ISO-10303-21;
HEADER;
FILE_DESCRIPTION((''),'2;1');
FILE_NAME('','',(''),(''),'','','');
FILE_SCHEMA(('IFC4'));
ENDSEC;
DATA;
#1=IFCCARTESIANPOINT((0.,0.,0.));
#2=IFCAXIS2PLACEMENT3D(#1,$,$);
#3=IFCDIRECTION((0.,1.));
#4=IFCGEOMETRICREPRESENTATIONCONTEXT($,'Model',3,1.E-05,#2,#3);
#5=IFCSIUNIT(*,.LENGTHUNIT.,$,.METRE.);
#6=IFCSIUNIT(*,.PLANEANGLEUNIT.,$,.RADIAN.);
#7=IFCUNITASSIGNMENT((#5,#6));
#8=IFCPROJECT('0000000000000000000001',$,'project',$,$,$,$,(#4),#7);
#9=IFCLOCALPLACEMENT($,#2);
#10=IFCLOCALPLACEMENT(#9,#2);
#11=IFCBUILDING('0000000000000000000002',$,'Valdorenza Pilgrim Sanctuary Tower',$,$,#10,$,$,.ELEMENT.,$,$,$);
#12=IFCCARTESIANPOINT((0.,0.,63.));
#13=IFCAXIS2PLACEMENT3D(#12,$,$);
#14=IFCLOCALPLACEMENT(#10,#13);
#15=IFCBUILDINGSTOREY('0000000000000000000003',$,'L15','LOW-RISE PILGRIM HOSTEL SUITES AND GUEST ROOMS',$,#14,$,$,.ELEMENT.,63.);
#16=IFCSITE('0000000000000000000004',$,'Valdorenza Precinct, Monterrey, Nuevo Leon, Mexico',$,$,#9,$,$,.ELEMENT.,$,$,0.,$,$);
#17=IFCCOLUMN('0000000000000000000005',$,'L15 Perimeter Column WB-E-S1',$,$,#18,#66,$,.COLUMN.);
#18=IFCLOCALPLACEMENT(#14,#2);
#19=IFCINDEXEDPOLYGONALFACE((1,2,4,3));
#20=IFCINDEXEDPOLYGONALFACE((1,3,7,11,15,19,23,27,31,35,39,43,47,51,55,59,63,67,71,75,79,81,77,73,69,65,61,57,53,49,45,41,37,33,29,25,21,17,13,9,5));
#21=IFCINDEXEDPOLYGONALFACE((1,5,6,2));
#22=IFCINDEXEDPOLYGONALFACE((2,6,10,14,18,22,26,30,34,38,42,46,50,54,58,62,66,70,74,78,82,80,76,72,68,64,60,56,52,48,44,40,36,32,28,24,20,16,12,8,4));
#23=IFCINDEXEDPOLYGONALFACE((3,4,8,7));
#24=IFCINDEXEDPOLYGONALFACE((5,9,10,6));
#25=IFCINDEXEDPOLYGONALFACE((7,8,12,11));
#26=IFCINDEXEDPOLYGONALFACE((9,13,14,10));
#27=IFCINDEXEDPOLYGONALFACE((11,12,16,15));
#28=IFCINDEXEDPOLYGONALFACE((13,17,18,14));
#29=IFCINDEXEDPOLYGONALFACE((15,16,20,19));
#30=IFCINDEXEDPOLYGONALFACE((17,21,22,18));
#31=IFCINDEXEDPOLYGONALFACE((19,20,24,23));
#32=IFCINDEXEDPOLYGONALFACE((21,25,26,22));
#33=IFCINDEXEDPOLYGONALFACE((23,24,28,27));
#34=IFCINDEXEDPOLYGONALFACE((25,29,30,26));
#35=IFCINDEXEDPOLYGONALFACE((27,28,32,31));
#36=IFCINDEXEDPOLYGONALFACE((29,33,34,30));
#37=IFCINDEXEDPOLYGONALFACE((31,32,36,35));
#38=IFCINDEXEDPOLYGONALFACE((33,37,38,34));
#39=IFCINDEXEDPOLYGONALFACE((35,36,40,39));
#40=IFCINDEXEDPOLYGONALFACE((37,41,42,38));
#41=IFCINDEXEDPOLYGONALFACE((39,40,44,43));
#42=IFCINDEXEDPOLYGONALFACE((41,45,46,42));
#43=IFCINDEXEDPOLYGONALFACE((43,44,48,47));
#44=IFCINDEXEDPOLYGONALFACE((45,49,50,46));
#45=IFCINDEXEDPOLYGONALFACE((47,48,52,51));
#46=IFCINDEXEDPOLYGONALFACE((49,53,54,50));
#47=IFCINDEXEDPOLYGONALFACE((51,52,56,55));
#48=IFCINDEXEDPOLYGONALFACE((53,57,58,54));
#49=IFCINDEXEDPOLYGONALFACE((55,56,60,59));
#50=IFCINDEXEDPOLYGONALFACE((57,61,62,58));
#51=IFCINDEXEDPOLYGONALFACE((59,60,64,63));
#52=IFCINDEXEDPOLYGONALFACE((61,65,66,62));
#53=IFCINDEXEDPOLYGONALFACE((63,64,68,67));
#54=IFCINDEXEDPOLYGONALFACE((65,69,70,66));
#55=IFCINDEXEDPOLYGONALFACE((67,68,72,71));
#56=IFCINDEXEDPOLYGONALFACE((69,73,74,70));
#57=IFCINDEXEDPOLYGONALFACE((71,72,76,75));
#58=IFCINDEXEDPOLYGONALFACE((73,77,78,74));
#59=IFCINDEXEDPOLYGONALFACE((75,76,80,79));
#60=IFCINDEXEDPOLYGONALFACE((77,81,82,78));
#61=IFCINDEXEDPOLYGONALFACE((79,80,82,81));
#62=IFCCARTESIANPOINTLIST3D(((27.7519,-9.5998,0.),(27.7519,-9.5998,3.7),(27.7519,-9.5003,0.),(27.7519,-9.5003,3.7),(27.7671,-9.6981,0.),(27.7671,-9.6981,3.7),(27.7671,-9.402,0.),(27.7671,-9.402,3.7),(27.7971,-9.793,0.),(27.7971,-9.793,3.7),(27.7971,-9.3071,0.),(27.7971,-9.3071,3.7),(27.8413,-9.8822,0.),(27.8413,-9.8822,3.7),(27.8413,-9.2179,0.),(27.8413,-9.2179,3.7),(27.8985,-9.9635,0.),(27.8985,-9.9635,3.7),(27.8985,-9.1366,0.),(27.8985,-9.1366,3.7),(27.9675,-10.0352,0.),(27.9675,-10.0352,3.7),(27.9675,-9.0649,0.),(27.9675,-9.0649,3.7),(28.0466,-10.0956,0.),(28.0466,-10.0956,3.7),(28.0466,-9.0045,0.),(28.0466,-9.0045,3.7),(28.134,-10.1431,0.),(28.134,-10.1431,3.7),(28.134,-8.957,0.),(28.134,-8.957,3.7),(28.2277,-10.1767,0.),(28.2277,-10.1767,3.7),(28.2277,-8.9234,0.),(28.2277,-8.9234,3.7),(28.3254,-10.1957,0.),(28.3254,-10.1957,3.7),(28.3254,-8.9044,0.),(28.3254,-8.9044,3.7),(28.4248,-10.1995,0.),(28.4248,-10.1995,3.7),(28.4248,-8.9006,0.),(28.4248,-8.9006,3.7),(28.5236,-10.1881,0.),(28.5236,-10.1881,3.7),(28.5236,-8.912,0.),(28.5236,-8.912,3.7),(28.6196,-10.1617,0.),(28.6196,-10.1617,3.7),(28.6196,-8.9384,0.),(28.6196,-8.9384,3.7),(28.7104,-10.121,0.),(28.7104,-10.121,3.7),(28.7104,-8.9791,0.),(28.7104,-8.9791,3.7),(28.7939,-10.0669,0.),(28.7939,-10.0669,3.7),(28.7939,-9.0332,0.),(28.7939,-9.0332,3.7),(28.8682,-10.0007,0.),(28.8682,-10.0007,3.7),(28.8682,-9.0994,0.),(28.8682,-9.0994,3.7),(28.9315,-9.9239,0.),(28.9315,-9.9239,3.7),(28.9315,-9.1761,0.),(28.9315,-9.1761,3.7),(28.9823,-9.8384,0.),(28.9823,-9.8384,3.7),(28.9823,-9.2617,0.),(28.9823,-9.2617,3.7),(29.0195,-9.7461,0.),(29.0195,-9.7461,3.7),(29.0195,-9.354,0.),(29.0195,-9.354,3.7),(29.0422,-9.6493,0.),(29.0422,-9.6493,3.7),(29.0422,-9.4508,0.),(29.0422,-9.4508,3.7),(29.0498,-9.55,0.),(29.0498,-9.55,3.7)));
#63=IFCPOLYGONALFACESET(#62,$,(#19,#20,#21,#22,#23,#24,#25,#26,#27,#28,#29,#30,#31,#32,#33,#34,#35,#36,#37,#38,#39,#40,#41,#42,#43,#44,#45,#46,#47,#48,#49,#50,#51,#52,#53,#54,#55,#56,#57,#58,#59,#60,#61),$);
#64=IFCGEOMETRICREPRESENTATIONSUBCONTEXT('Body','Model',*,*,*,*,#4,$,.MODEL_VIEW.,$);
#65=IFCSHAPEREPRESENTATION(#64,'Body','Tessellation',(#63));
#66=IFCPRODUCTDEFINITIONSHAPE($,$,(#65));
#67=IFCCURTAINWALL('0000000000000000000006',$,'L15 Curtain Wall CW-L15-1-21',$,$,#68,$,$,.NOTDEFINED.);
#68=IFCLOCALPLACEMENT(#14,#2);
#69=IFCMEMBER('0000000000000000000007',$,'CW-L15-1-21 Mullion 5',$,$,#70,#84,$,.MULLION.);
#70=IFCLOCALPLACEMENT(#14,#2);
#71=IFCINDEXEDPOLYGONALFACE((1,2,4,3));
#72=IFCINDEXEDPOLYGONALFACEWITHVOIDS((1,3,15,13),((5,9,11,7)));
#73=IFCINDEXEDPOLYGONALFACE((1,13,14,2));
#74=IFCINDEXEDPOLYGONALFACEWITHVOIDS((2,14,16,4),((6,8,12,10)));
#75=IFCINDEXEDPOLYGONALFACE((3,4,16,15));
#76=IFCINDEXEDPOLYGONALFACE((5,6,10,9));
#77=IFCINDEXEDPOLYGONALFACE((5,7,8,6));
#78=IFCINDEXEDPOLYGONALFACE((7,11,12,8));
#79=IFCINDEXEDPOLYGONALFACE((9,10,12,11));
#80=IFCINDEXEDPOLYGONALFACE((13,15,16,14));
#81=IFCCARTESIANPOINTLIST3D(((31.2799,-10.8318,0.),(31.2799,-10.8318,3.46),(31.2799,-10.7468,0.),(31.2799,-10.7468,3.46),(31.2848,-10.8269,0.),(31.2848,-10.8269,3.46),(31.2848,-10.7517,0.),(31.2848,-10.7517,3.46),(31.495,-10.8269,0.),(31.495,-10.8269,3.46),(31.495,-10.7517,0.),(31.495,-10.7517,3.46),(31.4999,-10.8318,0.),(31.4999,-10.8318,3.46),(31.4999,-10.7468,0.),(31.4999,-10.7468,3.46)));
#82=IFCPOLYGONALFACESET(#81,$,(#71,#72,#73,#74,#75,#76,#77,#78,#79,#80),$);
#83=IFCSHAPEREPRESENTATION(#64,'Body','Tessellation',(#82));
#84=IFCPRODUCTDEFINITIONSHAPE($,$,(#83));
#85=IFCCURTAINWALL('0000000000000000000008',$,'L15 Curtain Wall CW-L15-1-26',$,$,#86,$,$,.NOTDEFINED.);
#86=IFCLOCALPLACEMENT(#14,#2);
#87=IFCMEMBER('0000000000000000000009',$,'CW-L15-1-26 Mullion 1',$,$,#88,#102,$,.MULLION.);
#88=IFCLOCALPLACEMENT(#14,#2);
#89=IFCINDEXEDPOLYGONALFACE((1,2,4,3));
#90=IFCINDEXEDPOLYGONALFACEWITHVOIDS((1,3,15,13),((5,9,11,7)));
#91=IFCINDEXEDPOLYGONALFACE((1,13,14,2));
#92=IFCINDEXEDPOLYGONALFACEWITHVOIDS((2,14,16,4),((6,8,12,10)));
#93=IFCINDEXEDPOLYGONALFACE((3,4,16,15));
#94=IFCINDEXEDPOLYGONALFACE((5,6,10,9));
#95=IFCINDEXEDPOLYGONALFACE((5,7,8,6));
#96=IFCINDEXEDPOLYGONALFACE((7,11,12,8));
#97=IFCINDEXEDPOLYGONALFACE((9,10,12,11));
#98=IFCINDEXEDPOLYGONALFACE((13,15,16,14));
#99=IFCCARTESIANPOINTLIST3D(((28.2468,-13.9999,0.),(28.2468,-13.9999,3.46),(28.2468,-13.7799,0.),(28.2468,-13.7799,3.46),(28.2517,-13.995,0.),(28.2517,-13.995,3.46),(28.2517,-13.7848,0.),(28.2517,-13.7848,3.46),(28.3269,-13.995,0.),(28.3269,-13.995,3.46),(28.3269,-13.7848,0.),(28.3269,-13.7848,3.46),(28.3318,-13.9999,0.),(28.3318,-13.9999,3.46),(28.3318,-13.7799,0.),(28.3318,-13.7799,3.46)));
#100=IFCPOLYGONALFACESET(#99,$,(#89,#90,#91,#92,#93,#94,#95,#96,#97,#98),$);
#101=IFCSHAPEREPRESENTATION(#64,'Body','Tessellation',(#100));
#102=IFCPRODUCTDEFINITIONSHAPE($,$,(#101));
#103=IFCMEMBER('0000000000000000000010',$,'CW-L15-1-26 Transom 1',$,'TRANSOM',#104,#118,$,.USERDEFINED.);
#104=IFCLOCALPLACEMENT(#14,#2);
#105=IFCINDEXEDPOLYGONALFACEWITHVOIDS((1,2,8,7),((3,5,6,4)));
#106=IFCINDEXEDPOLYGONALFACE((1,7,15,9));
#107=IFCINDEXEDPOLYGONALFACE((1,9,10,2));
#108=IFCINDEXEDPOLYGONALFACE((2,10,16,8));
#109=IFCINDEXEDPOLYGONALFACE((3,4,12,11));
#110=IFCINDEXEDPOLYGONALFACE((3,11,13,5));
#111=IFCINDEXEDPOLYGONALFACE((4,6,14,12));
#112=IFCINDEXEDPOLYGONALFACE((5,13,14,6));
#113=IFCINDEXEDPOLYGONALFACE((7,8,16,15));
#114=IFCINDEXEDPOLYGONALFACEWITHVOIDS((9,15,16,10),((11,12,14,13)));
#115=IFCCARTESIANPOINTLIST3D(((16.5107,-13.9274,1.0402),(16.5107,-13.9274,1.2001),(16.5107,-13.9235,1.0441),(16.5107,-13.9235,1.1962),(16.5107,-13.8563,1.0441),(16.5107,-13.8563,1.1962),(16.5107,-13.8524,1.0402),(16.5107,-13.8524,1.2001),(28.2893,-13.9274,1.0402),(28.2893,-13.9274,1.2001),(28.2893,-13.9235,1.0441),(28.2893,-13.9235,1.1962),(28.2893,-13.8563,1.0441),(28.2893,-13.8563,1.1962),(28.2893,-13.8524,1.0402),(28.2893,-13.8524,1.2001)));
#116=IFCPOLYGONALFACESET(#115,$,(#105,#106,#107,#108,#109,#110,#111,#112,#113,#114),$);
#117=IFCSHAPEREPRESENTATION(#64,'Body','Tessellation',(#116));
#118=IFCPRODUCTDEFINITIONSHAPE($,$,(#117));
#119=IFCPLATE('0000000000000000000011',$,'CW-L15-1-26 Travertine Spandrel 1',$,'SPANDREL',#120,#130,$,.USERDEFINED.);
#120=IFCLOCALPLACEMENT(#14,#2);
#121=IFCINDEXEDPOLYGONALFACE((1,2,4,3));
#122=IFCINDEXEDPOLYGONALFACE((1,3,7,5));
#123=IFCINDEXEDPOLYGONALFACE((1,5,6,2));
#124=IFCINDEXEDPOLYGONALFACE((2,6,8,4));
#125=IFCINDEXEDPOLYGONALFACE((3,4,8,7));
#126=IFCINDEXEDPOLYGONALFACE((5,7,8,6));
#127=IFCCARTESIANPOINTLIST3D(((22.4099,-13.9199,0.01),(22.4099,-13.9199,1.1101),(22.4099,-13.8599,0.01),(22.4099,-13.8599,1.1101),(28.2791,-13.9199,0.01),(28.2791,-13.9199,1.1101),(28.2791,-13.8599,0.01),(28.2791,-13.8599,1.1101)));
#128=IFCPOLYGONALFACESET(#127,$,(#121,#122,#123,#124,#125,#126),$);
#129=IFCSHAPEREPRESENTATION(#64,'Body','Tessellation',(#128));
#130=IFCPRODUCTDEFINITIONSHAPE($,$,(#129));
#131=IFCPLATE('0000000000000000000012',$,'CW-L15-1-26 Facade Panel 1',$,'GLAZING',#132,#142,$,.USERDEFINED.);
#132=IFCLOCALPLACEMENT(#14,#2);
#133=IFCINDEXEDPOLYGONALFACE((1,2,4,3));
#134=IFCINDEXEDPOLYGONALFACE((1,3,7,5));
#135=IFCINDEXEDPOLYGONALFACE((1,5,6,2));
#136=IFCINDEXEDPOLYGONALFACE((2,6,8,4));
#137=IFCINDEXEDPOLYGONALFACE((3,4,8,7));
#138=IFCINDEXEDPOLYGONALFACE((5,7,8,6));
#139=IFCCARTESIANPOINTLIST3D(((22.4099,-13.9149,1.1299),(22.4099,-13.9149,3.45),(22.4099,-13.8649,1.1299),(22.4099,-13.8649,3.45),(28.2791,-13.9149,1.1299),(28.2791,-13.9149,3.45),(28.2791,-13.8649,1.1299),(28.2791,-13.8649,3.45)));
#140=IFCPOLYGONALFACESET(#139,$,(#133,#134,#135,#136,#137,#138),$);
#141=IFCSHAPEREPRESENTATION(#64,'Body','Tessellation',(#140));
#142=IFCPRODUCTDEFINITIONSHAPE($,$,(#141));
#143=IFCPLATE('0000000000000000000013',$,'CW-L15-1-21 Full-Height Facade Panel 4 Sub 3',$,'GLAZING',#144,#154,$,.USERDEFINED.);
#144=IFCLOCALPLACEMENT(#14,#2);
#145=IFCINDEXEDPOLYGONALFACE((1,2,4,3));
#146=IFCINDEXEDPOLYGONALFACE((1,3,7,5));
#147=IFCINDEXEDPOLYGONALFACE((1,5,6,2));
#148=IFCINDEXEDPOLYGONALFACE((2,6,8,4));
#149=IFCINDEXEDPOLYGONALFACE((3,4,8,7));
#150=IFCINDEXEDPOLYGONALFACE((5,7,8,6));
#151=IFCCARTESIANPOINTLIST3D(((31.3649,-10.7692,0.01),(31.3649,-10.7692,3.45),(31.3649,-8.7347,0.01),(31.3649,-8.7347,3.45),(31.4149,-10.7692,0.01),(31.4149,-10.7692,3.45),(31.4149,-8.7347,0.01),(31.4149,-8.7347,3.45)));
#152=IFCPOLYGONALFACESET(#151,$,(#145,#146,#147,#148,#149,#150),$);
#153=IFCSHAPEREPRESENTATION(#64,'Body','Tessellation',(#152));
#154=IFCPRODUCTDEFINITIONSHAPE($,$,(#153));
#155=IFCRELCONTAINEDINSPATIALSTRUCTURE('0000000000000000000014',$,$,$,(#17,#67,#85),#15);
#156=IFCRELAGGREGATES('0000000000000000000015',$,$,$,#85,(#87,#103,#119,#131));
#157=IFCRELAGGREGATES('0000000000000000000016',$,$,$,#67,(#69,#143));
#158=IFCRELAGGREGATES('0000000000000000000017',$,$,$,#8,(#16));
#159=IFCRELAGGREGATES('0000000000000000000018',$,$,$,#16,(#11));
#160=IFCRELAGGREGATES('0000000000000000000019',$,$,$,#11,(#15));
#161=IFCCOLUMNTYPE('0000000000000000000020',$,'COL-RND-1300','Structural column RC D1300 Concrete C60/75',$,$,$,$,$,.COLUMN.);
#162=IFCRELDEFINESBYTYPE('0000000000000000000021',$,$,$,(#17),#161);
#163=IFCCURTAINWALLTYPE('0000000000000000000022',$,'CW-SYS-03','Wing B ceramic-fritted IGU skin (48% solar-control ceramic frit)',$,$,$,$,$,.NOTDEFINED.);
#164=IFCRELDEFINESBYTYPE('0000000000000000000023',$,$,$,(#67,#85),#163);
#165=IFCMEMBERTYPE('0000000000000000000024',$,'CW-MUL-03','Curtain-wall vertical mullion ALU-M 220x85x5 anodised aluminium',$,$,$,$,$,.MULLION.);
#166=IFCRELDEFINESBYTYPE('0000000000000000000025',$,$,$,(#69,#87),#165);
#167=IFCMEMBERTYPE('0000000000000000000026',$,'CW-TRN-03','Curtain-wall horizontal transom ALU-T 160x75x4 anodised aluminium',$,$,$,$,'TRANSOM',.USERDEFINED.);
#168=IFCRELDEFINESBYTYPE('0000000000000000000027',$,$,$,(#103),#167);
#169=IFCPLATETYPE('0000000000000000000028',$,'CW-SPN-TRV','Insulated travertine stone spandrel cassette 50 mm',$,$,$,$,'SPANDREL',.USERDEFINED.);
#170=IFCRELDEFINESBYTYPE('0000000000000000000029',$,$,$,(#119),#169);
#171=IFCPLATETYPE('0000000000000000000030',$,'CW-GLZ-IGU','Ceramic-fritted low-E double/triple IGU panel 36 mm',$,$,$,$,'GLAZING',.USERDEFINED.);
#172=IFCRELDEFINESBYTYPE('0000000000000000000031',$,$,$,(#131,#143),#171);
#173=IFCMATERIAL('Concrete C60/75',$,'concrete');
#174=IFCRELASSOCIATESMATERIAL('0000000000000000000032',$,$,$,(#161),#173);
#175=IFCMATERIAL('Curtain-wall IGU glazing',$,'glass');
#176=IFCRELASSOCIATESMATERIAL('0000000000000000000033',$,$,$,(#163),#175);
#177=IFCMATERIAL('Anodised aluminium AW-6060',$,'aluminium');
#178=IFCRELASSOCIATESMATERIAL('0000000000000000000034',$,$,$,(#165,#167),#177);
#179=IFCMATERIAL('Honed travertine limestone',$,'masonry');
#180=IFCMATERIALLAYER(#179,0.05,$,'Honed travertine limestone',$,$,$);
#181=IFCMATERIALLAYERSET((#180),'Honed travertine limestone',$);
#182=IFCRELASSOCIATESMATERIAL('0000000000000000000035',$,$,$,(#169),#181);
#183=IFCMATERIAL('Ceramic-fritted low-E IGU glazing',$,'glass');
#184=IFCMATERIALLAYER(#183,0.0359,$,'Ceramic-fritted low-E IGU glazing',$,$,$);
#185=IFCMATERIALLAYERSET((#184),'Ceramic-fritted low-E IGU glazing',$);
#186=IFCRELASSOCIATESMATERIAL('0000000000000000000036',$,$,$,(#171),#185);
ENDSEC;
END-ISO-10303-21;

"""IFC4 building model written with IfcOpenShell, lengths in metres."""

from ifc_helpers import new_model, si_unit, direction, frame, origin, origin_2d, place, context, subcontext, project, spatial, rectangle, hollow_rectangle, circle, extrude, source, transform, mapped, material, layer, layer_set, material_profile, profile_set, type_object, element, aggregate, save


model = new_model("IFC4")

# Units and contexts
model_context = context("Model", 3, precision=1e-05, world=origin(), true_north=direction((0.0, 1.0)))
body_context = subcontext(model_context, "Body", "Model", "MODEL_VIEW")
ifc_project = project(units=[si_unit("LENGTHUNIT", "METRE"), si_unit("PLANEANGLEUNIT", "RADIAN")], contexts=[model_context])

# Site, building, storey
site_placement = place(None, origin())
site = spatial("IfcSite", under=ifc_project, at=site_placement, Name="Valdorenza Precinct, Monterrey, Nuevo Leon, Mexico", CompositionType="ELEMENT", RefElevation=0.0)
building_placement = place(site_placement, origin())
building = spatial("IfcBuilding", under=site, at=building_placement, Name="Valdorenza Pilgrim Sanctuary Tower", CompositionType="ELEMENT")
storey_placement = place(building_placement, frame((0.0, 0.0, 63.0)))
storey = spatial("IfcBuildingStorey", under=building, at=storey_placement, Name="L15", Description="LOW-RISE PILGRIM HOSTEL SUITES AND GUEST ROOMS", CompositionType="ELEMENT", Elevation=63.0)

# Column
ifc_material_1 = material(Name="Concrete C60/75", Category="concrete")
ifc_material_profile_1 = material_profile(ifc_material_1, circle(Radius=0.6499, at=origin_2d()), Name="RC D1300")
ifc_profile_set_1 = profile_set([ifc_material_profile_1], Name="Concrete C60/75")
column_type = type_object("IfcColumnType", Name="COL-RND-1300", Description="Structural column RC D1300 Concrete C60/75", PredefinedType="COLUMN", material=ifc_profile_set_1)
shared_shape_1 = source(origin(), body_context, "Body", "SweptSolid", [
    extrude(circle(Radius=0.6499, at=origin_2d()), origin(), (0.0, 0.0, 1.0), 3.7),
])
column_placement = place(storey_placement, frame((28.3999, -9.55, 0.0), z_axis=(0.0, 0.0, 1.0), x_axis=(1.0, 0.0, 0.0)))
element("IfcColumn", 1, at=column_placement, inside=storey, type_object=column_type, Name="L15 Perimeter Column WB-E-S1", PredefinedType="COLUMN", context=body_context, shape_type="MappedRepresentation", body=[
    mapped(shared_shape_1, transform((0.0, 0.0, 0.0), x_axis=(1.0, 0.0, 0.0), y_axis=(0.0, 1.0, 0.0), z_axis=(0.0, 0.0, 1.0), scale=1.0)),
])

# Curtain wall, member
ifc_material_2 = material(Name="Curtain-wall IGU glazing", Category="glass")
curtain_wall_type = type_object("IfcCurtainWallType", Name="CW-SYS-03", Description="Wing B ceramic-fritted IGU skin (48% solar-control ceramic frit)", PredefinedType="NOTDEFINED", material=ifc_material_2)
curtain_wall_1_placement = place(storey_placement, origin())
curtain_wall_1 = element("IfcCurtainWall", 2, at=curtain_wall_1_placement, inside=storey, type_object=curtain_wall_type, Name="L15 Curtain Wall CW-L15-1-21", PredefinedType="NOTDEFINED")
ifc_material_3 = material(Name="Anodised aluminium AW-6060", Category="aluminium")
ifc_material_profile_2 = material_profile(ifc_material_3, hollow_rectangle(XDim=0.085, YDim=0.22, WallThickness=0.0049, at=origin_2d()), Name="ALU-M 220x85x5")
ifc_profile_set_2 = profile_set([ifc_material_profile_2], Name="Anodised aluminium AW-6060")
member_type_1 = type_object("IfcMemberType", Name="CW-MUL-03", Description="Curtain-wall vertical mullion ALU-M 220x85x5 anodised aluminium", PredefinedType="MULLION", material=ifc_profile_set_2)
shared_shape_2 = source(origin(), body_context, "Body", "SweptSolid", [
    extrude(hollow_rectangle(XDim=0.085, YDim=0.22, WallThickness=0.0049, at=origin_2d()), origin(), (0.0, 0.0, 1.0), 3.46),
])
member_1_placement = place(storey_placement, frame((31.3899, -10.7893, 0.0), z_axis=(0.0, 0.0, 1.0), x_axis=(0.0, -1.0, 0.0)))
member_1 = element("IfcMember", 3, at=member_1_placement, type_object=member_type_1, Name="CW-L15-1-21 Mullion 5", PredefinedType="MULLION", context=body_context, shape_type="MappedRepresentation", body=[
    mapped(shared_shape_2, transform((0.0, 0.0, 0.0), x_axis=(1.0, 0.0, 0.0), y_axis=(0.0, 1.0, 0.0), z_axis=(0.0, 0.0, 1.0), scale=1.0)),
])

# Curtain wall, members, plates
curtain_wall_2_placement = place(storey_placement, origin())
curtain_wall_2 = element("IfcCurtainWall", 4, at=curtain_wall_2_placement, inside=storey, type_object=curtain_wall_type, Name="L15 Curtain Wall CW-L15-1-26", PredefinedType="NOTDEFINED")
member_2_placement = place(storey_placement, frame((28.2893, -13.8899, 0.0), z_axis=(0.0, 0.0, 1.0), x_axis=(-1.0, 0.0, 0.0)))
member_2 = element("IfcMember", 5, at=member_2_placement, type_object=member_type_1, Name="CW-L15-1-26 Mullion 1", PredefinedType="MULLION", context=body_context, shape_type="MappedRepresentation", body=[
    mapped(shared_shape_2, transform((0.0, 0.0, 0.0), x_axis=(1.0, 0.0, 0.0), y_axis=(0.0, 1.0, 0.0), z_axis=(0.0, 0.0, 1.0), scale=1.0)),
])
ifc_material_profile_3 = material_profile(ifc_material_3, hollow_rectangle(XDim=0.075, YDim=0.1599, WallThickness=0.0039, at=origin_2d()), Name="ALU-T 160x75x4")
ifc_profile_set_3 = profile_set([ifc_material_profile_3], Name="Anodised aluminium AW-6060")
member_type_2 = type_object("IfcMemberType", Name="CW-TRN-03", Description="Curtain-wall horizontal transom ALU-T 160x75x4 anodised aluminium", ElementType="TRANSOM", PredefinedType="USERDEFINED", material=ifc_profile_set_3)
shared_shape_3 = source(origin(), body_context, "Body", "SweptSolid", [
    extrude(hollow_rectangle(XDim=0.075, YDim=0.1599, WallThickness=0.0039, at=origin_2d()), origin(), (0.0, 0.0, 1.0), 11.7786),
])
member_3_placement = place(storey_placement, frame((28.2893, -13.8899, 1.1201), z_axis=(-1.0, 0.0, 0.0), x_axis=(0.0, -1.0, 0.0)))
member_3 = element("IfcMember", 6, at=member_3_placement, type_object=member_type_2, Name="CW-L15-1-26 Transom 1", ObjectType="TRANSOM", PredefinedType="USERDEFINED", context=body_context, shape_type="MappedRepresentation", body=[
    mapped(shared_shape_3, transform((0.0, 0.0, 0.0), x_axis=(1.0, 0.0, 0.0), y_axis=(0.0, 1.0, 0.0), z_axis=(0.0, 0.0, 1.0), scale=1.0)),
])
ifc_material_4 = material(Name="Honed travertine limestone", Category="masonry")
ifc_layer_1 = layer(ifc_material_4, 0.05, Name="Honed travertine limestone")
ifc_layer_set_1 = layer_set([ifc_layer_1], Name="Honed travertine limestone")
plate_type_1 = type_object("IfcPlateType", Name="CW-SPN-TRV", Description="Insulated travertine stone spandrel cassette 50 mm", ElementType="SPANDREL", PredefinedType="USERDEFINED", material=ifc_layer_set_1)
shared_shape_4 = source(origin(), body_context, "Body", "SweptSolid", [
    extrude(rectangle(XDim=5.8691, YDim=0.0601, at=origin_2d()), origin(), (0.0, 0.0, 1.0), 1.1001),
])
plate_1_placement = place(storey_placement, frame((25.3445, -13.8899, 0.01), z_axis=(0.0, 0.0, 1.0), x_axis=(-1.0, 0.0, 0.0)))
plate_1 = element("IfcPlate", 7, at=plate_1_placement, type_object=plate_type_1, Name="CW-L15-1-26 Travertine Spandrel 1", ObjectType="SPANDREL", PredefinedType="USERDEFINED", context=body_context, shape_type="MappedRepresentation", body=[
    mapped(shared_shape_4, transform((0.0, 0.0, 0.0), x_axis=(1.0, 0.0, 0.0), y_axis=(0.0, 1.0, 0.0), z_axis=(0.0, 0.0, 1.0), scale=1.0)),
])
ifc_material_5 = material(Name="Ceramic-fritted low-E IGU glazing", Category="glass")
ifc_layer_2 = layer(ifc_material_5, 0.0359, Name="Ceramic-fritted low-E IGU glazing")
ifc_layer_set_2 = layer_set([ifc_layer_2], Name="Ceramic-fritted low-E IGU glazing")
plate_type_2 = type_object("IfcPlateType", Name="CW-GLZ-IGU", Description="Ceramic-fritted low-E double/triple IGU panel 36 mm", ElementType="GLAZING", PredefinedType="USERDEFINED", material=ifc_layer_set_2)
shared_shape_5 = source(origin(), body_context, "Body", "SweptSolid", [
    extrude(rectangle(XDim=5.8691, YDim=0.05, at=origin_2d()), origin(), (0.0, 0.0, 1.0), 2.3201),
])
plate_2_placement = place(storey_placement, frame((25.3445, -13.8899, 1.1299), z_axis=(0.0, 0.0, 1.0), x_axis=(-1.0, 0.0, 0.0)))
plate_2 = element("IfcPlate", 8, at=plate_2_placement, type_object=plate_type_2, Name="CW-L15-1-26 Facade Panel 1", ObjectType="GLAZING", PredefinedType="USERDEFINED", context=body_context, shape_type="MappedRepresentation", body=[
    mapped(shared_shape_5, transform((0.0, 0.0, 0.0), x_axis=(1.0, 0.0, 0.0), y_axis=(0.0, 1.0, 0.0), z_axis=(0.0, 0.0, 1.0), scale=1.0)),
])
aggregate(curtain_wall_2, [member_2, member_3, plate_1, plate_2])

# Plate
shared_shape_6 = source(origin(), body_context, "Body", "SweptSolid", [
    extrude(rectangle(XDim=2.0344, YDim=0.05, at=origin_2d()), origin(), (0.0, 0.0, 1.0), 3.4399),
])
plate_3_placement = place(storey_placement, frame((31.3899, -9.752, 0.01), z_axis=(0.0, 0.0, 1.0), x_axis=(0.0, -1.0, 0.0)))
plate_3 = element("IfcPlate", 9, at=plate_3_placement, type_object=plate_type_2, Name="CW-L15-1-21 Full-Height Facade Panel 4 Sub 3", ObjectType="GLAZING", PredefinedType="USERDEFINED", context=body_context, shape_type="MappedRepresentation", body=[
    mapped(shared_shape_6, transform((0.0, 0.0, 0.0), x_axis=(1.0, 0.0, 0.0), y_axis=(0.0, 1.0, 0.0), z_axis=(0.0, 0.0, 1.0), scale=1.0)),
])
aggregate(curtain_wall_1, [member_1, plate_3])

save(model, "model.ifc")
